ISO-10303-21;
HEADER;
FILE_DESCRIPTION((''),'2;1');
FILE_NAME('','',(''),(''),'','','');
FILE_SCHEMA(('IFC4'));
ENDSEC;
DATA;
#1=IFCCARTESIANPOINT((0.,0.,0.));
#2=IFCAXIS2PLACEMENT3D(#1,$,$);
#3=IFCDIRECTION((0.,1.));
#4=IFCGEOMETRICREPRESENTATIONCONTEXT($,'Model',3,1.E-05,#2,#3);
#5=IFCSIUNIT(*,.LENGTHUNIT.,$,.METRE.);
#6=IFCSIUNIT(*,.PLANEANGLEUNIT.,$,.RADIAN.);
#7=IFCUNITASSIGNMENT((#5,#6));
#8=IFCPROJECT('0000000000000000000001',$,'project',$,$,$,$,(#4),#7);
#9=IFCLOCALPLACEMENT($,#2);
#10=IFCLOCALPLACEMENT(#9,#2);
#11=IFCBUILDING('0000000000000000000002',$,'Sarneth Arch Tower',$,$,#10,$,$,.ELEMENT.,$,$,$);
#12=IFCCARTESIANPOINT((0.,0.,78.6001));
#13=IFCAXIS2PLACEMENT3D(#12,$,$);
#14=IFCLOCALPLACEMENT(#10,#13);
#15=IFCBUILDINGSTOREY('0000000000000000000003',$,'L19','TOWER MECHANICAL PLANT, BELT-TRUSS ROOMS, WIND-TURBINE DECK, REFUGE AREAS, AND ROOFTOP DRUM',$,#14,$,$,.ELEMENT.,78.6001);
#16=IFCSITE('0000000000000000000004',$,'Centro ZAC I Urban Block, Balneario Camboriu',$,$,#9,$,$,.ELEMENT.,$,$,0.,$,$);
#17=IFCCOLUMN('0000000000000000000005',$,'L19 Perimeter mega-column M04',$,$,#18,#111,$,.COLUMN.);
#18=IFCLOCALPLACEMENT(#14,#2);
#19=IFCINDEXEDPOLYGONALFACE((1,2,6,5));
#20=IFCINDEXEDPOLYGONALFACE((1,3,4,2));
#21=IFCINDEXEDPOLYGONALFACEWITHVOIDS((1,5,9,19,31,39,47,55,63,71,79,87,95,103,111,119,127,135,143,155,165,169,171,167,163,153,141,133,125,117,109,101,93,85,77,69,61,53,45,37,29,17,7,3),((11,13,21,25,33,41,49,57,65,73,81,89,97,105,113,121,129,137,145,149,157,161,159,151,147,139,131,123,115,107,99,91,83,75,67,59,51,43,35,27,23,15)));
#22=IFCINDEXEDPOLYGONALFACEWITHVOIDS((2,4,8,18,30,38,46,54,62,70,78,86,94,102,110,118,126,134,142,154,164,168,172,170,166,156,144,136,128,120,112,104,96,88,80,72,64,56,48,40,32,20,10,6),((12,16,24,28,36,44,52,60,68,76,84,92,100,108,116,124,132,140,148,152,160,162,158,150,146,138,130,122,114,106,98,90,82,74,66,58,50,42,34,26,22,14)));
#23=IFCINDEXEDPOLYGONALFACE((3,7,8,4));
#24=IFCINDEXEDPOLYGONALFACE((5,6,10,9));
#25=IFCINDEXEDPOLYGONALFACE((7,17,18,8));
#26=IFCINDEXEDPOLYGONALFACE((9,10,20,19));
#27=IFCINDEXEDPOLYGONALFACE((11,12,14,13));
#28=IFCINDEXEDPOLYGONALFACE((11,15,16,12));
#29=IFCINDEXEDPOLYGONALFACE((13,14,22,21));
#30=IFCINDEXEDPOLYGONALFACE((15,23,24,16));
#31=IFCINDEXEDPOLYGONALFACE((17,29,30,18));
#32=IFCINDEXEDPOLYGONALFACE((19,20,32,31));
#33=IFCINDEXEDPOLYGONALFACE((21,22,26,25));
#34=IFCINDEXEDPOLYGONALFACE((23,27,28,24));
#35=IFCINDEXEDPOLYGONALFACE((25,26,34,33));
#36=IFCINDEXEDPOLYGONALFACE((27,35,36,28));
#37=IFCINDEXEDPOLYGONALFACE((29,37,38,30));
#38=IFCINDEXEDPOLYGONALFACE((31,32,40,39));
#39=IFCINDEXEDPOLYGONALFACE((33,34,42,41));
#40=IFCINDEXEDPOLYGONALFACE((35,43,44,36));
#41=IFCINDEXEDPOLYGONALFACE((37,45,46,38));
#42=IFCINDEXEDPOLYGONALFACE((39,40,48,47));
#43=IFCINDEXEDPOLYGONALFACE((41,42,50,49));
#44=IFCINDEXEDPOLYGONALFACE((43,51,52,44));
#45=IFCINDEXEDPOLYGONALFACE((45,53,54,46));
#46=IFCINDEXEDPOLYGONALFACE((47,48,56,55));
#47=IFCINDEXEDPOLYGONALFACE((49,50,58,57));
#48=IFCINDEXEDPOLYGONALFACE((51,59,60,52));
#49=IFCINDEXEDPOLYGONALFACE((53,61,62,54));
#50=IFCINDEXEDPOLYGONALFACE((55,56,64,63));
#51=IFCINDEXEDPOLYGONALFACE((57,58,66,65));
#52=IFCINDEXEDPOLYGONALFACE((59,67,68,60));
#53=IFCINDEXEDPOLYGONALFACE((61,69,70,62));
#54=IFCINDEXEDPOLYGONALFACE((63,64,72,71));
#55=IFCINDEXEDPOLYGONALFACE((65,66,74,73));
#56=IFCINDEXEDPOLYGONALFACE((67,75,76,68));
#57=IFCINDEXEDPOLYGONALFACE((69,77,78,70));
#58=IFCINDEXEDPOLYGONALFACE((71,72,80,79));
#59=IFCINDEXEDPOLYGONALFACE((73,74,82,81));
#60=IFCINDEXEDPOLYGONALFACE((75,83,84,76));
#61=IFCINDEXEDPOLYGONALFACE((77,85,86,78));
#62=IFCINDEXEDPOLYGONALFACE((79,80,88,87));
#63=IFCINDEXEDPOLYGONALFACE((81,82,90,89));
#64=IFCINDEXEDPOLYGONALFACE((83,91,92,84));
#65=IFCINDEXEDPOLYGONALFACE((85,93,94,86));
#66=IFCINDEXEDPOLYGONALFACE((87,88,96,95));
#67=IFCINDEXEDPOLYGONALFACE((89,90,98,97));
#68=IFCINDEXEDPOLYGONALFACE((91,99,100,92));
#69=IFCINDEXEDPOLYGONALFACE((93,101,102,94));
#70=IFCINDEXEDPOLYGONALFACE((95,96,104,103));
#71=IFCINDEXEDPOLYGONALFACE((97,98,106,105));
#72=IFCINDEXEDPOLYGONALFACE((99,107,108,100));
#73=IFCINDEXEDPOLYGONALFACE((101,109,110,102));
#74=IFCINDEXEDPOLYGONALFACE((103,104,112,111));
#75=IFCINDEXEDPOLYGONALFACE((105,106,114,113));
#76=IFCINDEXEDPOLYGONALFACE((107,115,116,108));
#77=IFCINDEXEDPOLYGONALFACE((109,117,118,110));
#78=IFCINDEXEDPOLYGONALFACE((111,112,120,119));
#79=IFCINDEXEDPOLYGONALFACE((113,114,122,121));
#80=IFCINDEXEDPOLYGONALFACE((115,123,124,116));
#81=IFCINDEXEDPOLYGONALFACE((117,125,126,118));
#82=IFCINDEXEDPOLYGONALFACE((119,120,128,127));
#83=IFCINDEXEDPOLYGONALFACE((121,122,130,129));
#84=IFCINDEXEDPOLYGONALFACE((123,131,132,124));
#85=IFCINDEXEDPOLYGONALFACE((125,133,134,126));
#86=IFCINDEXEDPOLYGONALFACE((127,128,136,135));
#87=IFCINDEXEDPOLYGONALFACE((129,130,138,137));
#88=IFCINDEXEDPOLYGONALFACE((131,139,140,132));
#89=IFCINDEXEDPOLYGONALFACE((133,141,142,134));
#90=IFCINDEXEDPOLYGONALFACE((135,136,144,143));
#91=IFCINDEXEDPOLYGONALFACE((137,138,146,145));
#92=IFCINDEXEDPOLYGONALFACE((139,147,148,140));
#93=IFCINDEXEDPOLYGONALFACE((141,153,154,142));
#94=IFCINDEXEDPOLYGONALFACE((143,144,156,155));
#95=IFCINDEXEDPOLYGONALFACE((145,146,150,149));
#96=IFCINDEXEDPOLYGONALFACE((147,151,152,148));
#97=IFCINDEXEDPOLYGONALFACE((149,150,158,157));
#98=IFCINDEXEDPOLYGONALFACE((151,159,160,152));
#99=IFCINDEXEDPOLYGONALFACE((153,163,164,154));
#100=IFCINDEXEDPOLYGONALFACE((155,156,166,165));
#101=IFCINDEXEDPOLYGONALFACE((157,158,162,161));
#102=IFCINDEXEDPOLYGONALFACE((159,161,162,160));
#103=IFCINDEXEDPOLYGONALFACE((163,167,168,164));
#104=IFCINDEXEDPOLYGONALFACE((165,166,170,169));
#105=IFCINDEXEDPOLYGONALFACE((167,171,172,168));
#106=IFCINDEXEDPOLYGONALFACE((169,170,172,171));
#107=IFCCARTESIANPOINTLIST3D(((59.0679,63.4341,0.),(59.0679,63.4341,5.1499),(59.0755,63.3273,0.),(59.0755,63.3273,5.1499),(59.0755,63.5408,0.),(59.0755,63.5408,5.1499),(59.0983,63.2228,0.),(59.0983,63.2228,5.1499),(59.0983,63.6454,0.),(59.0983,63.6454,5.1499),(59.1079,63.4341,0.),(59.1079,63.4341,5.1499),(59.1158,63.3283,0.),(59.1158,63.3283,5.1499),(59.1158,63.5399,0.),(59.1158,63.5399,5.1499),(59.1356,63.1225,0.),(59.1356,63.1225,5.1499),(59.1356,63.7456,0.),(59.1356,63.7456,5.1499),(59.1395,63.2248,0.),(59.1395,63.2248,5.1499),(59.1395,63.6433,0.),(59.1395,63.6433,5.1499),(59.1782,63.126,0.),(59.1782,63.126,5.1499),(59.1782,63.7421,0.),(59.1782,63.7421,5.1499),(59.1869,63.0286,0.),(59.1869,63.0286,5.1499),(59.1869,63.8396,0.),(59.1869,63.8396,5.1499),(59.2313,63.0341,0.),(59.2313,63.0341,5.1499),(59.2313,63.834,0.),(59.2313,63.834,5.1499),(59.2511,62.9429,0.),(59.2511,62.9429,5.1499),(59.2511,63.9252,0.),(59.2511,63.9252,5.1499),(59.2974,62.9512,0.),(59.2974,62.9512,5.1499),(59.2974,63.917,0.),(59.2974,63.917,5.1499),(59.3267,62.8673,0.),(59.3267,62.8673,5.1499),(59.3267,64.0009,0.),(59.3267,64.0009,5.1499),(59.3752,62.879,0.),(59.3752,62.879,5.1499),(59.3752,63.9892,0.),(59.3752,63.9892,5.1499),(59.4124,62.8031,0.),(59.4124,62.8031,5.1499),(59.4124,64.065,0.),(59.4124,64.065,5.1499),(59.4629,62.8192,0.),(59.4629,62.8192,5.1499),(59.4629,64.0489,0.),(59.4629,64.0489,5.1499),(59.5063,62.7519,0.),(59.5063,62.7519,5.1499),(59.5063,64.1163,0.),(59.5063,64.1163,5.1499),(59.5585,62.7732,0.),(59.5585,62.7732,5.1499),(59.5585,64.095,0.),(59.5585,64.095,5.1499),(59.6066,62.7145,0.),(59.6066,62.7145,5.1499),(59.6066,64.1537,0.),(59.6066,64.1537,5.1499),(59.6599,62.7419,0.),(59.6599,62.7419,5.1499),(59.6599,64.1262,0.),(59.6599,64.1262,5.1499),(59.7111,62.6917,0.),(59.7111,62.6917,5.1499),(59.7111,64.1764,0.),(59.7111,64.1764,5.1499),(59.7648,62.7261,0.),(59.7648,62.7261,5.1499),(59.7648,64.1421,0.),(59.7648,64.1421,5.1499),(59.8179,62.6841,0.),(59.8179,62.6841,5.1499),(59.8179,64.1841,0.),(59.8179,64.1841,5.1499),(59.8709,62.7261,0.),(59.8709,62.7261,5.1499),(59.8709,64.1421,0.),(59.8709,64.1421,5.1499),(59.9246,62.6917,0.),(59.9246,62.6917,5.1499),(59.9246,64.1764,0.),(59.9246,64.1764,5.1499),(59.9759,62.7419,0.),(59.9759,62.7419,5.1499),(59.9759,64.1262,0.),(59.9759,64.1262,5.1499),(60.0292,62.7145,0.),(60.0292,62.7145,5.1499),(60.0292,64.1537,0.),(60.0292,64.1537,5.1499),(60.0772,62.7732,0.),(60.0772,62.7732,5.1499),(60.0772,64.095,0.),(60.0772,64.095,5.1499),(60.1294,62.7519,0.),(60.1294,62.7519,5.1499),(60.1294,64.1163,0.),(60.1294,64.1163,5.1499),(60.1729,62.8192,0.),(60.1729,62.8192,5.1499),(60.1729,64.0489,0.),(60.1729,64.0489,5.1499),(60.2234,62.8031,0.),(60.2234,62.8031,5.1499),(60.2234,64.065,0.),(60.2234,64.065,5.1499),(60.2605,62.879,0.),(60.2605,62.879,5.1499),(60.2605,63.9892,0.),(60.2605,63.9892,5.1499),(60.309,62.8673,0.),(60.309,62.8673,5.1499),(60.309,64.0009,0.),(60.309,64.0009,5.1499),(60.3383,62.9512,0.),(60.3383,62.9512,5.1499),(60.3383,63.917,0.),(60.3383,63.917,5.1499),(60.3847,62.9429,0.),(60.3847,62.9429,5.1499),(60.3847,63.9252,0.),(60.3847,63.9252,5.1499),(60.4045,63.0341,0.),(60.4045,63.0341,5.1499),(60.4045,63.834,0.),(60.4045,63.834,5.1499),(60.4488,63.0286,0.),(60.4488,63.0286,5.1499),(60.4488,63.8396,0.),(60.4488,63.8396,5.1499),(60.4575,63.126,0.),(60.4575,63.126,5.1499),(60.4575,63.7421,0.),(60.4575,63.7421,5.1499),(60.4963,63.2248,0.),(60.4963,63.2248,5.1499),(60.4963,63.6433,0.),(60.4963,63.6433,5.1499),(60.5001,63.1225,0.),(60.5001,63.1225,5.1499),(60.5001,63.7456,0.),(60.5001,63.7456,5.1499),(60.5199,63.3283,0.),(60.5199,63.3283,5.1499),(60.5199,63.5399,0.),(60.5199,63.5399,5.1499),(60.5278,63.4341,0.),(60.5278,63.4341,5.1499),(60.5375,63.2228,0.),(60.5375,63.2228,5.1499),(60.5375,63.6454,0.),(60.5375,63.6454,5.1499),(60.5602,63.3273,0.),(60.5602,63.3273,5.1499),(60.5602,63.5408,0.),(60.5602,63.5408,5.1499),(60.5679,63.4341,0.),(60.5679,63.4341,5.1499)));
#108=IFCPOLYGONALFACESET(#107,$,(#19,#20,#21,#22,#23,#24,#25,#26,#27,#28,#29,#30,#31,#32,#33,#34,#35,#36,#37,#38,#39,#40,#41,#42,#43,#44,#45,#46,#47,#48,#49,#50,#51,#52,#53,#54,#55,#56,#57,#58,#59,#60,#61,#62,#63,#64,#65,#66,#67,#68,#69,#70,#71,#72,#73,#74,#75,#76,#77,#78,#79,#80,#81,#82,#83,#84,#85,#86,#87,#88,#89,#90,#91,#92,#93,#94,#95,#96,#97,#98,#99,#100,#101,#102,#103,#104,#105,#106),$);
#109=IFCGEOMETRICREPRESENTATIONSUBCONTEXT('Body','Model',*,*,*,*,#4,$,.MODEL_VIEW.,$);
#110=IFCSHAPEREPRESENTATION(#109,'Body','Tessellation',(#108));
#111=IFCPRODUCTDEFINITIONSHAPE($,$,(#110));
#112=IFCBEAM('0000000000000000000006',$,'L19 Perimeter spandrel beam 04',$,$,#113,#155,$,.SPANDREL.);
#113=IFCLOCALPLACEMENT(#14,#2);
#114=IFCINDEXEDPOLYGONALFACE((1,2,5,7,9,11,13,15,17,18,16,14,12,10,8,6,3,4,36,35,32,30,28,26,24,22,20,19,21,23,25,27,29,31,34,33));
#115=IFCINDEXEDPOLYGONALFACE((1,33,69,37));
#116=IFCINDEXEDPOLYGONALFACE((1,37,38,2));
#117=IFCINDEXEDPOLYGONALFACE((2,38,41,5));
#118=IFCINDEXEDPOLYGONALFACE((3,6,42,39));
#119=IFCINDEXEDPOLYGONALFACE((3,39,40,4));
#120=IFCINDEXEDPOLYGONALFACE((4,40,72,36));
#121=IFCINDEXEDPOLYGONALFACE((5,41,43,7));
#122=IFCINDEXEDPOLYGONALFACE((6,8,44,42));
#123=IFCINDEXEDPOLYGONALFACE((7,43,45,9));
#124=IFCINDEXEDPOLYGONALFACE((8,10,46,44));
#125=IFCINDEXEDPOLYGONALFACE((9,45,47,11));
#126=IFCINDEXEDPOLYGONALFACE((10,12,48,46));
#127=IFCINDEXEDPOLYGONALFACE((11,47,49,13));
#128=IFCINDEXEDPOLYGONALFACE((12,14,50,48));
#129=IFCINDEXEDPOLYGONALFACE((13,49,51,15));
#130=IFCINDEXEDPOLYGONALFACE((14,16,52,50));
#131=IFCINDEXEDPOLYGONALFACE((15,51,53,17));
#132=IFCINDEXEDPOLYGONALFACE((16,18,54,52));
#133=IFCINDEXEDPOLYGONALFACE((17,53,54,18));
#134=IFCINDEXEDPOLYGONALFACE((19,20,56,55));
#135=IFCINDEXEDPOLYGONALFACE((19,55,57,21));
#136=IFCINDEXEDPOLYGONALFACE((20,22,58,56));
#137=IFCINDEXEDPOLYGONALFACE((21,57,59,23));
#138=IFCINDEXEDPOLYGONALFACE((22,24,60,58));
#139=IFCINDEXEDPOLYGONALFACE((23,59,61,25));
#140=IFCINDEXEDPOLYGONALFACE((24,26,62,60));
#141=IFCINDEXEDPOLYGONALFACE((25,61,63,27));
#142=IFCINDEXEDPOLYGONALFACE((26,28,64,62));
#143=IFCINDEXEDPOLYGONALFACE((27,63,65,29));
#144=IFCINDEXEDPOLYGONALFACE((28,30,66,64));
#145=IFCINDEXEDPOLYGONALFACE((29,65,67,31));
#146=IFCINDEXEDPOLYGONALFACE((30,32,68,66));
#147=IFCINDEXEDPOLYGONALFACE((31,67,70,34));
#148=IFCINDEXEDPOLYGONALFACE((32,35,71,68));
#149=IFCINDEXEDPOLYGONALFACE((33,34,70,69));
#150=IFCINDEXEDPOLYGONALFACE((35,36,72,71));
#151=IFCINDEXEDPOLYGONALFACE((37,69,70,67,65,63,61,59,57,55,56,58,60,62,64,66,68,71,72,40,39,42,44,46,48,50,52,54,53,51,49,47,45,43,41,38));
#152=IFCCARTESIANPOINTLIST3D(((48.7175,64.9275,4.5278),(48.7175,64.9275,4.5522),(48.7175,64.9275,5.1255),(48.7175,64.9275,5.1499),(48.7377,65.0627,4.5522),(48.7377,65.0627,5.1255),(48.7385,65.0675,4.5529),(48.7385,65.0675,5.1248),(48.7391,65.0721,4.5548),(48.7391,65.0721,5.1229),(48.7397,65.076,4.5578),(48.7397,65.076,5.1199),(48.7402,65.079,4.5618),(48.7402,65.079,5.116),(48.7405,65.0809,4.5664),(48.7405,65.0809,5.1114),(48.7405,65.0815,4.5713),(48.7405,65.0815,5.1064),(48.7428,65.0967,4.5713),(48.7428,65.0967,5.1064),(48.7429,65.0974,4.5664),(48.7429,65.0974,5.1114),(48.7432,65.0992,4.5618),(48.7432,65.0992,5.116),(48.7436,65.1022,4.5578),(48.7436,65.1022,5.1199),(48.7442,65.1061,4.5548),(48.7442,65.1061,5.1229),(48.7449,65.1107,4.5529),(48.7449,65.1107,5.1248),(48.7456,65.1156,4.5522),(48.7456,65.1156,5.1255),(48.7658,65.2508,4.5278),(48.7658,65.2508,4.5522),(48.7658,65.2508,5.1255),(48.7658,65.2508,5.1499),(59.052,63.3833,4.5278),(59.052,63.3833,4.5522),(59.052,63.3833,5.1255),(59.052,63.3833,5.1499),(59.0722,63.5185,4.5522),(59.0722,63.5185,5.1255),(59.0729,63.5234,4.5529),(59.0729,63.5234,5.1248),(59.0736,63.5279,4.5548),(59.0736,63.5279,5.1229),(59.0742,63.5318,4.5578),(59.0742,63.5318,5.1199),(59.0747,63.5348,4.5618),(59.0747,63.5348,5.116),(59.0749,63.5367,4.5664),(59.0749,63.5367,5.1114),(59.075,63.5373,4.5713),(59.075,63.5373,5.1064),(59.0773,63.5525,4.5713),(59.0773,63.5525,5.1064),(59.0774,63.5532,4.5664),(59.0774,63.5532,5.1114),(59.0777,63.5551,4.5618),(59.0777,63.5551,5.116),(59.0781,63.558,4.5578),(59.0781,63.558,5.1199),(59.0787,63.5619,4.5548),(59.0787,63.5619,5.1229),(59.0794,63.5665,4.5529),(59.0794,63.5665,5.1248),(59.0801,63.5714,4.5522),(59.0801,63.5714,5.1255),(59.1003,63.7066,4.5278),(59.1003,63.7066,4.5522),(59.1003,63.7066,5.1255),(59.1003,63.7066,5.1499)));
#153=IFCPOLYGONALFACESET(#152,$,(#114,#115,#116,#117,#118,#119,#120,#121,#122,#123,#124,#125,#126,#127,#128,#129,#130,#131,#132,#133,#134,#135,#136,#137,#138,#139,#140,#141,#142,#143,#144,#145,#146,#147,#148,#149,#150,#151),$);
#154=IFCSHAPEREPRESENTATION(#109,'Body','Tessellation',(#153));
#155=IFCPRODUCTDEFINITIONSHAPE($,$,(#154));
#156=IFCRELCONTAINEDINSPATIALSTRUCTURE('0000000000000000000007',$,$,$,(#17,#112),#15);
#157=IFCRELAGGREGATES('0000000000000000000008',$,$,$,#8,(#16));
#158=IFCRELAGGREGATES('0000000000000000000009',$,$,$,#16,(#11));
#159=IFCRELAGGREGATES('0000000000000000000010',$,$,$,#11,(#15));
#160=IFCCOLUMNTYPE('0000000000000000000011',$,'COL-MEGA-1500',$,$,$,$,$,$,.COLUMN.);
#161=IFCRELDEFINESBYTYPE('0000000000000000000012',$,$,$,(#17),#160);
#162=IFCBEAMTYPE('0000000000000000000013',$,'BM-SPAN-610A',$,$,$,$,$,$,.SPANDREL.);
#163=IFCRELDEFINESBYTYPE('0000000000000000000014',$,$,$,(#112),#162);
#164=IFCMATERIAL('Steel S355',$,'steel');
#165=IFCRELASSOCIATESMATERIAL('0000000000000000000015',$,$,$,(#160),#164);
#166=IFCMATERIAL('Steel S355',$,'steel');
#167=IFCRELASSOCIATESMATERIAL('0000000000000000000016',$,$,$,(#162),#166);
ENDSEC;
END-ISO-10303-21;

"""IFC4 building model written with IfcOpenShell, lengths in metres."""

from ifc_helpers import new_model, si_unit, direction, frame, origin, origin_2d, place, context, subcontext, project, spatial, hollow_circle, i_section, extrude, material, material_profile, profile_set, type_object, element, save


model = new_model("IFC4")

# Units and contexts
model_context = context("Model", 3, precision=1e-05, world=origin(), true_north=direction((0.0, 1.0)))
body_context = subcontext(model_context, "Body", "Model", "MODEL_VIEW")
ifc_project = project(units=[si_unit("LENGTHUNIT", "METRE"), si_unit("PLANEANGLEUNIT", "RADIAN")], contexts=[model_context])

# Site, building, storey
site_placement = place(None, origin())
site = spatial("IfcSite", under=ifc_project, at=site_placement, Name="Centro ZAC I Urban Block, Balneario Camboriu", CompositionType="ELEMENT", RefElevation=0.0)
building_placement = place(site_placement, origin())
building = spatial("IfcBuilding", under=site, at=building_placement, Name="Sarneth Arch Tower", CompositionType="ELEMENT")
storey_placement = place(building_placement, frame((0.0, 0.0, 78.6001)))
storey = spatial("IfcBuildingStorey", under=building, at=storey_placement, Name="L19", Description="TOWER MECHANICAL PLANT, BELT-TRUSS ROOMS, WIND-TURBINE DECK, REFUGE AREAS, AND ROOFTOP DRUM", CompositionType="ELEMENT", Elevation=78.6001)

# Column
ifc_material_1 = material(Name="Steel S355", Category="steel")
ifc_material_profile_1 = material_profile(ifc_material_1, hollow_circle(Radius=0.75, WallThickness=0.04, at=origin_2d()), Name="CHS1500x40")
ifc_profile_set_1 = profile_set([ifc_material_profile_1], Name="Steel S355")
column_type = type_object("IfcColumnType", Name="COL-MEGA-1500", PredefinedType="COLUMN", material=ifc_profile_set_1)
column_placement = place(storey_placement, frame((59.8179, 63.4341, 0.0), z_axis=(0.0, 0.0, 1.0), x_axis=(1.0, 0.0, 0.0)))
element("IfcColumn", 1, at=column_placement, inside=storey, type_object=column_type, Name="L19 Perimeter mega-column M04", PredefinedType="COLUMN", context=body_context, shape_type="SweptSolid", body=[
    extrude(hollow_circle(Radius=0.75, WallThickness=0.04, at=origin_2d()), origin(), (0.0, 0.0, 1.0), 5.1499),
])

# Beam
ifc_material_2 = material(Name="Steel S355", Category="steel")
ifc_material_profile_2 = material_profile(ifc_material_2, i_section(OverallWidth=0.3269, OverallDepth=0.6221, WebThickness=0.0154, FlangeThickness=0.0244, FilletRadius=0.019, at=origin_2d()), Name="W610x195")
ifc_profile_set_2 = profile_set([ifc_material_profile_2], Name="Steel S355")
beam_type = type_object("IfcBeamType", Name="BM-SPAN-610A", PredefinedType="SPANDREL", material=ifc_profile_set_2)
beam_placement = place(storey_placement, frame((59.0762, 63.5449, 4.8389), z_axis=(-0.98902, 0.147781, 0.0), x_axis=(-0.147781, -0.98902, 0.0)))
element("IfcBeam", 2, at=beam_placement, inside=storey, type_object=beam_type, Name="L19 Perimeter spandrel beam 04", PredefinedType="SPANDREL", context=body_context, shape_type="SweptSolid", body=[
    extrude(i_section(OverallWidth=0.3269, OverallDepth=0.6221, WebThickness=0.0154, FlangeThickness=0.0244, FilletRadius=0.019, at=origin_2d()), origin(), (0.0, 0.0, 1.0), 10.4492),
])

save(model, "model.ifc")
